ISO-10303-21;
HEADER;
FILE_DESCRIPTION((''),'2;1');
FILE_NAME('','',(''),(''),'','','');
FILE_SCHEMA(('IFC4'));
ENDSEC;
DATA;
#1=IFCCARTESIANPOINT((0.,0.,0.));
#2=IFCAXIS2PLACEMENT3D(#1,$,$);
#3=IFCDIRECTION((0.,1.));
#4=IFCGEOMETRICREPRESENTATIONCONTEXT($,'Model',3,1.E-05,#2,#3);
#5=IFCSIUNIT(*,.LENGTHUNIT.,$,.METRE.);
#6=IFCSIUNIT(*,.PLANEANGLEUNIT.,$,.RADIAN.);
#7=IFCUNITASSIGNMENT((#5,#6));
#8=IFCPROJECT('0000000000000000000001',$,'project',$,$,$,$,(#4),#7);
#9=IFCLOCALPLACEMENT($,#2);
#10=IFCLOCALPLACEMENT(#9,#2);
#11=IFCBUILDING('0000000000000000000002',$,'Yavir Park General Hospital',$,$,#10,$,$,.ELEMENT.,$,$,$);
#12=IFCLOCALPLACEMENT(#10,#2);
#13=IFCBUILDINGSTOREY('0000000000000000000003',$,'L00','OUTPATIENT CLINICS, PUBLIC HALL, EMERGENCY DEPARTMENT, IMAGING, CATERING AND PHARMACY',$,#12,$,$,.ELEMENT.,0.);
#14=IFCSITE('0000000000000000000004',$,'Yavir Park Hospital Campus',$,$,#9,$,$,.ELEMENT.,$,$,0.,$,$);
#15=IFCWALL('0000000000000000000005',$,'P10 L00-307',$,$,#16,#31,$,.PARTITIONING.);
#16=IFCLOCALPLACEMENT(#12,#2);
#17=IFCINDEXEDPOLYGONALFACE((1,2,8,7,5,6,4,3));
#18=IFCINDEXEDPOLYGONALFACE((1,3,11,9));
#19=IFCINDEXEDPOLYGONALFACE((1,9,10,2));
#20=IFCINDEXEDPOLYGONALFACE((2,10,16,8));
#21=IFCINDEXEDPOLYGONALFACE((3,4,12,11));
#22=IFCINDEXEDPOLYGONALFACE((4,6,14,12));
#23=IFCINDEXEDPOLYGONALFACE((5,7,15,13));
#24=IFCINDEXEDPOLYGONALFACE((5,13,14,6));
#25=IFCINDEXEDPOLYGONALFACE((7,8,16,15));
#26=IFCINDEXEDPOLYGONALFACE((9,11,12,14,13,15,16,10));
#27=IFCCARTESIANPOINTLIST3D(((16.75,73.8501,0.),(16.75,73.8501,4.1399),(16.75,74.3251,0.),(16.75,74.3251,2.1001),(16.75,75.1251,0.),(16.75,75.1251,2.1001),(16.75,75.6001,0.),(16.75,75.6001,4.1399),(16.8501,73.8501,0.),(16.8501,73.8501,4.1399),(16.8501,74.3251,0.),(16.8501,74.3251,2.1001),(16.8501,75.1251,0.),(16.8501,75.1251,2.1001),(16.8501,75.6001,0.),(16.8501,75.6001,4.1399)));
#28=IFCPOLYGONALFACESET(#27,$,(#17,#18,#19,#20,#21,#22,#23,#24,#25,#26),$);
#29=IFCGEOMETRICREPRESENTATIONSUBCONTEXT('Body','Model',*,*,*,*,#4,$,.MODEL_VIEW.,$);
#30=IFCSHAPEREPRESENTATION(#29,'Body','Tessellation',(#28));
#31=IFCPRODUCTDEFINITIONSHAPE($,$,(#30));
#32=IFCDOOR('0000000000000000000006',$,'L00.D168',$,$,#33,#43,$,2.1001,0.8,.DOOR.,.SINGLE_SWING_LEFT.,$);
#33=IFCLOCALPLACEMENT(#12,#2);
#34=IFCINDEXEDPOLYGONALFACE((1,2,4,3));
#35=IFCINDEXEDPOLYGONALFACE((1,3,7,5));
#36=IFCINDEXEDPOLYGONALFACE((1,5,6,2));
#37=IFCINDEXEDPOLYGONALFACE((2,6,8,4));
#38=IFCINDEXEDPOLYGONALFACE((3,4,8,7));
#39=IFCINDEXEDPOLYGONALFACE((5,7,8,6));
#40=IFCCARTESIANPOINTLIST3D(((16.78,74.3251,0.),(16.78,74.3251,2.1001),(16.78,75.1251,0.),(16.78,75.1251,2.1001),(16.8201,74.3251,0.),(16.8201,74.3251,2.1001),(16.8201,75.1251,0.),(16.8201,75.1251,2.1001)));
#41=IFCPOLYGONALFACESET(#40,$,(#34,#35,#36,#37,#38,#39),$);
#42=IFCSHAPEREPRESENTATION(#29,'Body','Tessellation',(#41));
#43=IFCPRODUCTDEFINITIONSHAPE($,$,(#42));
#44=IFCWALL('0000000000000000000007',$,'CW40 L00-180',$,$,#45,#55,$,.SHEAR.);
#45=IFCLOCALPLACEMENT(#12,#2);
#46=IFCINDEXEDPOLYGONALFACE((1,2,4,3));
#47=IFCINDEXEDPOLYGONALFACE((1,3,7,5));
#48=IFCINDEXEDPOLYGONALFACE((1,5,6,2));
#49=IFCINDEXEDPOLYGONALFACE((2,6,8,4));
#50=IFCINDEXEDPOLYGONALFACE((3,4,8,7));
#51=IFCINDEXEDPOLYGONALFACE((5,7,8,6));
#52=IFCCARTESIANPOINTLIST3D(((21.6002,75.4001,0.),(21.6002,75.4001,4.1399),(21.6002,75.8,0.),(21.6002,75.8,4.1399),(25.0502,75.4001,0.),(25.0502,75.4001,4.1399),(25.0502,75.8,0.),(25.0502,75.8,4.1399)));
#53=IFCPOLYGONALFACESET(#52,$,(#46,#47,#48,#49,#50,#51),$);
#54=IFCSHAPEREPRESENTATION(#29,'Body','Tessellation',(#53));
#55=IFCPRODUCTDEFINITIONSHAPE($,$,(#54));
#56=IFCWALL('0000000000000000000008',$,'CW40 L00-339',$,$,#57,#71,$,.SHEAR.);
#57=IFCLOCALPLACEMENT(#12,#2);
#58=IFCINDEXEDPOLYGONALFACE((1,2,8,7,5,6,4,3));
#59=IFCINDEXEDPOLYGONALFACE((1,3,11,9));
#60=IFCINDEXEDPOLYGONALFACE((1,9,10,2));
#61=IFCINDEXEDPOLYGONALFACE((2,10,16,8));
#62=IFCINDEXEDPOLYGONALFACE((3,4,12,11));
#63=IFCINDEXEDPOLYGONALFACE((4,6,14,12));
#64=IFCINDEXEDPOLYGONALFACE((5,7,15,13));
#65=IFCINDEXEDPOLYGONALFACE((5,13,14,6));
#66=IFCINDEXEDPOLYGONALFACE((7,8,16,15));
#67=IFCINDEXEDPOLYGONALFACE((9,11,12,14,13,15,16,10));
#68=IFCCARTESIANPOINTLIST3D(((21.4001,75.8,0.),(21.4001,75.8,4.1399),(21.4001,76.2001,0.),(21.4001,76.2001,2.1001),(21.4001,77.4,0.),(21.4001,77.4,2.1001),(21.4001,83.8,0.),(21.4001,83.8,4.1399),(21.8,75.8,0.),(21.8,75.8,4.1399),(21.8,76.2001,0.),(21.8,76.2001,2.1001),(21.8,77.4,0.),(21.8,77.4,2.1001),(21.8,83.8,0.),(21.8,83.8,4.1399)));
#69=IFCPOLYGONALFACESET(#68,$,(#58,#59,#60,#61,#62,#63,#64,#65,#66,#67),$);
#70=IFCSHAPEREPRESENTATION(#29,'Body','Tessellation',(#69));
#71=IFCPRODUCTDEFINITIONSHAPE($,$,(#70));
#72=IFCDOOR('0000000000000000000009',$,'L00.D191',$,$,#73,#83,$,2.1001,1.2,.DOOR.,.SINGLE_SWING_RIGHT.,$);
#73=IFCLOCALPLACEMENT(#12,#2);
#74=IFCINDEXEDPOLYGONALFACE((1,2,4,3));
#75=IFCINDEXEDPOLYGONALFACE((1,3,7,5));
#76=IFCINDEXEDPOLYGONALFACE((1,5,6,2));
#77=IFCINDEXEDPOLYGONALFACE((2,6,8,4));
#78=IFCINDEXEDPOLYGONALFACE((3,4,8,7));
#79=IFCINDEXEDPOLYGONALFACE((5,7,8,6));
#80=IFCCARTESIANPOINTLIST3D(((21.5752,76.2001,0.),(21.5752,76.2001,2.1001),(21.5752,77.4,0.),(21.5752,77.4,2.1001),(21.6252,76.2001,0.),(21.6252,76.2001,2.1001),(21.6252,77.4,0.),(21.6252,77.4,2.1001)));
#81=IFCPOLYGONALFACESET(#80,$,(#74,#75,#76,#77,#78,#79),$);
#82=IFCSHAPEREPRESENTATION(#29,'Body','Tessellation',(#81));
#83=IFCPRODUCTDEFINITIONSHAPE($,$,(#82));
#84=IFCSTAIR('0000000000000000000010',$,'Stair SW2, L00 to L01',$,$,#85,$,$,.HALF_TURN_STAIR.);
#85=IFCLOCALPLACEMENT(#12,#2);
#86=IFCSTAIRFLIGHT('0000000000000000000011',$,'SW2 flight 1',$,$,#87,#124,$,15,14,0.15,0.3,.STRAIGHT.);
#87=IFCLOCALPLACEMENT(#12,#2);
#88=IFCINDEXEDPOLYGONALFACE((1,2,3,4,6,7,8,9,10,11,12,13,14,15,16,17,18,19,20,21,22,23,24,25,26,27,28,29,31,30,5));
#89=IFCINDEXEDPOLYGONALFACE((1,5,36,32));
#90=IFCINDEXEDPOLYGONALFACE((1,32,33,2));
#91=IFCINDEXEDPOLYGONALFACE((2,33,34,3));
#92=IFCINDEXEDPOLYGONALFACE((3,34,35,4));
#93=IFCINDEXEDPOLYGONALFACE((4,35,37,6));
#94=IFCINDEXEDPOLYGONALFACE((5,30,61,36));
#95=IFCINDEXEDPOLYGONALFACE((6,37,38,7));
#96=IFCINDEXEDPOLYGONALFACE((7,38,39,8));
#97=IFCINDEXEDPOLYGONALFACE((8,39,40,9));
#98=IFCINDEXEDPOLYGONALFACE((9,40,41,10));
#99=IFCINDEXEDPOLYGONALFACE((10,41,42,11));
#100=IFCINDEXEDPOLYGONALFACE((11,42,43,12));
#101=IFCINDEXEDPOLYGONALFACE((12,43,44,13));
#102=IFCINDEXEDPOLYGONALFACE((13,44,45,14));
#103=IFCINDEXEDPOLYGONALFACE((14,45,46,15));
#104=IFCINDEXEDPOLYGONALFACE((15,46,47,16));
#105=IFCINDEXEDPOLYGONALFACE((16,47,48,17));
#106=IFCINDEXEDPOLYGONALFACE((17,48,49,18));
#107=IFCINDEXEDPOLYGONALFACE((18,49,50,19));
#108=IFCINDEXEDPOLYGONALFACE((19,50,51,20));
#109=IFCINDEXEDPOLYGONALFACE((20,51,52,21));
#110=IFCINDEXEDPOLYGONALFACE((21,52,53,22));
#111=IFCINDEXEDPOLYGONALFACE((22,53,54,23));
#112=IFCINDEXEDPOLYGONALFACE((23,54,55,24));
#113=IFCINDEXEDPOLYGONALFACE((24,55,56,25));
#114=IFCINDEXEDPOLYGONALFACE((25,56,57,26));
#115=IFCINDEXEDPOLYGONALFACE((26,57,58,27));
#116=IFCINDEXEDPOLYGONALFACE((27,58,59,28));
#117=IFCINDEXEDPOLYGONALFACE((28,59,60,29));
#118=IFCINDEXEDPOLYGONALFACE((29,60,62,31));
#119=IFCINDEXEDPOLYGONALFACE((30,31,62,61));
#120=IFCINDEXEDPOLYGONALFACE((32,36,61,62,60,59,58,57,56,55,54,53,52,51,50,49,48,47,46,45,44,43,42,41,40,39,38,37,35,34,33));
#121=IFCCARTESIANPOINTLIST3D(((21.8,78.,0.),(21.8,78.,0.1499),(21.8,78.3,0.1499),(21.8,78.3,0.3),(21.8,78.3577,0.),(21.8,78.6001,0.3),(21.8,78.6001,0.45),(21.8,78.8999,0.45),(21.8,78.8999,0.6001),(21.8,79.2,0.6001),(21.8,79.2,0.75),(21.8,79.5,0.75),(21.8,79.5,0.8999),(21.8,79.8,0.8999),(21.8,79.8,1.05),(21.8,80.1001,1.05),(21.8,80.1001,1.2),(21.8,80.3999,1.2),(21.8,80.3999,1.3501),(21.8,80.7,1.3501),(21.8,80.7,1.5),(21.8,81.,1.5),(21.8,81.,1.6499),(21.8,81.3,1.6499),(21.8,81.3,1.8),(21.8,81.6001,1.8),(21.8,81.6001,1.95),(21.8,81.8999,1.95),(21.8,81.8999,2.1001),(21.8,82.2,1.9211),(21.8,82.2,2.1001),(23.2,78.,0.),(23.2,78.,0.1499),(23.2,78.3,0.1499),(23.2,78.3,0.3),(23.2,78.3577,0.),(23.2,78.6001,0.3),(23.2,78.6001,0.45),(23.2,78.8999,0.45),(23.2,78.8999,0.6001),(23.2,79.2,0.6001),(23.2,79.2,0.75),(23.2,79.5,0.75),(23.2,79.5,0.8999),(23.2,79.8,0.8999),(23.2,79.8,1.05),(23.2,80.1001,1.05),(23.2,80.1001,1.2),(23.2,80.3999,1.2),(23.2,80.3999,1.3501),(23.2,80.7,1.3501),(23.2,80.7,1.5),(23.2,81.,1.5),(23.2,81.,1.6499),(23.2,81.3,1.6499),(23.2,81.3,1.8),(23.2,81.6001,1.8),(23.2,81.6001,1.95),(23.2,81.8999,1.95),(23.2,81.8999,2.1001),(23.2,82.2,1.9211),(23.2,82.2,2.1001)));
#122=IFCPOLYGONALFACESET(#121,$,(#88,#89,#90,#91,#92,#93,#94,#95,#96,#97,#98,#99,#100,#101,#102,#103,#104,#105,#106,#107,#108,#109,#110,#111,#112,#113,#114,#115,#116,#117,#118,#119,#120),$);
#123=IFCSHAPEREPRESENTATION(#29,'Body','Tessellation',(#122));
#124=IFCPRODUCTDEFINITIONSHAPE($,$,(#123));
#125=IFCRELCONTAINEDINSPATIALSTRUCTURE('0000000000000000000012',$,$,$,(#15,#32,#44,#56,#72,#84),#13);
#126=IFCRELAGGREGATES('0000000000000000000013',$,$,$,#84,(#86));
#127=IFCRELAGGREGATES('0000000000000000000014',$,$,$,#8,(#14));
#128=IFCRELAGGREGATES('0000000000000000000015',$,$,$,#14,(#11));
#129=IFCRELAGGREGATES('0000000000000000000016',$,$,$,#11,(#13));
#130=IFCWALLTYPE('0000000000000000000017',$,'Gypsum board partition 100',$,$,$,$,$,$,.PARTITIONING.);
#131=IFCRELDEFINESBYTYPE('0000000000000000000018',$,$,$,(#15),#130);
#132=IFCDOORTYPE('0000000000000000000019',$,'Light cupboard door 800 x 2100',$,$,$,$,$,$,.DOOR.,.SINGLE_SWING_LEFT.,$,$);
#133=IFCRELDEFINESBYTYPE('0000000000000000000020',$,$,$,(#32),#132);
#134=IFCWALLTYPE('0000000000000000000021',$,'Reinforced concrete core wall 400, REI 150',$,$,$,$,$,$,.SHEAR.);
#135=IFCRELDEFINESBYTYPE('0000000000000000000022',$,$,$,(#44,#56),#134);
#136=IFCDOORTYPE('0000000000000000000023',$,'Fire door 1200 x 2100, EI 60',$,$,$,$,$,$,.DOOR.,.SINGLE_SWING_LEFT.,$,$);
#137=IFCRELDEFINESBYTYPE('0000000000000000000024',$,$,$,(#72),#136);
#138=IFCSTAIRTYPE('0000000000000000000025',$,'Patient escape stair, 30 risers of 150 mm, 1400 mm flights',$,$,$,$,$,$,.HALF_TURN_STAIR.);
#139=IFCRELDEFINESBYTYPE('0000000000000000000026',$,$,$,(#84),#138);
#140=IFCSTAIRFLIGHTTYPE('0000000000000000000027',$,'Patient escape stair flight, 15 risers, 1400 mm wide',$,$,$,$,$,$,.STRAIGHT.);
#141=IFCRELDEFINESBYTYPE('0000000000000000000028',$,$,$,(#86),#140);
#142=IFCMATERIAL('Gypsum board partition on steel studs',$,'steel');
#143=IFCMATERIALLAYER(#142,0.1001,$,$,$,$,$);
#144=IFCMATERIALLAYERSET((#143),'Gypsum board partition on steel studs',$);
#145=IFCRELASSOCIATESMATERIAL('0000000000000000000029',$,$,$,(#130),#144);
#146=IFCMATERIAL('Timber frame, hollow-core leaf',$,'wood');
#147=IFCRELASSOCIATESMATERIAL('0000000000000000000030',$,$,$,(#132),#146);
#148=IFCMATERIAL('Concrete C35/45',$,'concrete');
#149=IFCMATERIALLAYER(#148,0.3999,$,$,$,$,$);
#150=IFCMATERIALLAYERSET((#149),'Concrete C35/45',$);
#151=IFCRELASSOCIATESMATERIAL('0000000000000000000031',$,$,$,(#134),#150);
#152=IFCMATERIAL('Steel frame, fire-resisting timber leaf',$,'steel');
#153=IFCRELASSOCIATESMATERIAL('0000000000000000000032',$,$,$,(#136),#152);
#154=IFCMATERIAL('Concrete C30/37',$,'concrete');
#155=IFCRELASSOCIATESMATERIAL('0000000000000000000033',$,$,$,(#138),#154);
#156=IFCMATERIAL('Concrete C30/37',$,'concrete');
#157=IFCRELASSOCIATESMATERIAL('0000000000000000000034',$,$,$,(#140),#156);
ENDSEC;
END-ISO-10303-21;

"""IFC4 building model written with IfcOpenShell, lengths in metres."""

from ifc_helpers import new_model, si_unit, direction, frame, frame_2d, origin, place, context, subcontext, project, spatial, polyline, rectangle, outline, extrude, material, layer, layer_set, type_object, element, fill, aggregate, save


model = new_model("IFC4")

# Units and contexts
model_context = context("Model", 3, precision=1e-05, world=origin(), true_north=direction((0.0, 1.0)))
body_context = subcontext(model_context, "Body", "Model", "MODEL_VIEW")
ifc_project = project(units=[si_unit("LENGTHUNIT", "METRE"), si_unit("PLANEANGLEUNIT", "RADIAN")], contexts=[model_context])

# Site, building, storey
site_placement = place(None, origin())
site = spatial("IfcSite", under=ifc_project, at=site_placement, Name="Yavir Park Hospital Campus", CompositionType="ELEMENT", RefElevation=0.0)
building_placement = place(site_placement, origin())
building = spatial("IfcBuilding", under=site, at=building_placement, Name="Yavir Park General Hospital", CompositionType="ELEMENT")
storey_placement = place(building_placement, origin())
storey = spatial("IfcBuildingStorey", under=building, at=storey_placement, Name="L00", Description="OUTPATIENT CLINICS, PUBLIC HALL, EMERGENCY DEPARTMENT, IMAGING, CATERING AND PHARMACY", CompositionType="ELEMENT", Elevation=0.0)

# Wall, opening, door
ifc_material_1 = material(Name="Gypsum board partition on steel studs", Category="steel")
ifc_layer_1 = layer(ifc_material_1, 0.1001)
ifc_layer_set_1 = layer_set([ifc_layer_1], Name="Gypsum board partition on steel studs")
wall_type_1 = type_object("IfcWallType", Name="Gypsum board partition 100", PredefinedType="PARTITIONING", material=ifc_layer_set_1)
wall_1_placement = place(storey_placement, frame((16.8, 73.8501, 0.0), z_axis=(0.0, 0.0, 1.0), x_axis=(0.0, 1.0, 0.0)))
wall_1 = element("IfcWall", 1, at=wall_1_placement, inside=storey, type_object=wall_type_1, Name="P10 L00-307", PredefinedType="PARTITIONING", context=body_context, shape_type="SweptSolid", body=[
    extrude(rectangle(XDim=1.75, YDim=0.1001, at=frame_2d((0.875, 0.0))), origin(), (0.0, 0.0, 1.0), 4.1399),
])
opening_1_placement = place(wall_1_placement, frame((0.4751, 0.0, 0.0)))
opening_1 = element("IfcOpeningElement", 2, at=opening_1_placement, cuts=wall_1, PredefinedType="OPENING", context=body_context, shape_type="SweptSolid", body=[
    extrude(rectangle(XDim=0.8, YDim=2.1001, at=frame_2d((0.3999, 1.05))), frame((0.0, 0.0601, 0.0), z_axis=(0.0, -1.0, 0.0), x_axis=(1.0, 0.0, 0.0)), (0.0, 0.0, 1.0), 0.1201),
])
ifc_material_2 = material(Name="Timber frame, hollow-core leaf", Category="wood")
door_type_1 = type_object("IfcDoorType", Name="Light cupboard door 800 x 2100", OperationType="SINGLE_SWING_LEFT", PredefinedType="DOOR", material=ifc_material_2)
door_1_placement = place(opening_1_placement, origin())
door_1 = element("IfcDoor", 3, at=door_1_placement, inside=storey, type_object=door_type_1, Name="L00.D168", OperationType="SINGLE_SWING_LEFT", OverallHeight=2.1001, OverallWidth=0.8, PredefinedType="DOOR", context=body_context, shape_type="SweptSolid", body=[
    extrude(rectangle(XDim=0.8, YDim=2.1001, at=frame_2d((0.3999, 1.05))), frame((0.0, 0.02, 0.0), z_axis=(0.0, -1.0, 0.0), x_axis=(1.0, 0.0, 0.0)), (0.0, 0.0, 1.0), 0.04),
])
fill(opening_1, door_1)

# Wall
ifc_material_3 = material(Name="Concrete C35/45", Category="concrete")
ifc_layer_2 = layer(ifc_material_3, 0.3999)
ifc_layer_set_2 = layer_set([ifc_layer_2], Name="Concrete C35/45")
wall_type_2 = type_object("IfcWallType", Name="Reinforced concrete core wall 400, REI 150", PredefinedType="SHEAR", material=ifc_layer_set_2)
wall_2_placement = place(storey_placement, frame((21.6001, 75.6001, 0.0), z_axis=(0.0, 0.0, 1.0), x_axis=(1.0, 0.0, 0.0)))
element("IfcWall", 4, at=wall_2_placement, inside=storey, type_object=wall_type_2, Name="CW40 L00-180", PredefinedType="SHEAR", context=body_context, shape_type="SweptSolid", body=[
    extrude(rectangle(XDim=3.45, YDim=0.3999, at=frame_2d((1.7251, 0.0))), origin(), (0.0, 0.0, 1.0), 4.1399),
])

# Wall, opening, door
wall_3_placement = place(storey_placement, frame((21.6001, 75.8, 0.0), z_axis=(0.0, 0.0, 1.0), x_axis=(0.0, 1.0, 0.0)))
wall_3 = element("IfcWall", 5, at=wall_3_placement, inside=storey, type_object=wall_type_2, Name="CW40 L00-339", PredefinedType="SHEAR", context=body_context, shape_type="SweptSolid", body=[
    extrude(rectangle(XDim=8.0, YDim=0.3999, at=frame_2d((4.0, 0.0))), origin(), (0.0, 0.0, 1.0), 4.1399),
])
opening_2_placement = place(wall_3_placement, frame((0.3999, 0.0, 0.0)))
opening_2 = element("IfcOpeningElement", 6, at=opening_2_placement, cuts=wall_3, PredefinedType="OPENING", context=body_context, shape_type="SweptSolid", body=[
    extrude(rectangle(XDim=1.2, YDim=2.1001, at=frame_2d((0.6001, 1.05))), frame((0.0, 0.21, 0.0), z_axis=(0.0, -1.0, 0.0), x_axis=(1.0, 0.0, 0.0)), (0.0, 0.0, 1.0), 0.4199),
])
ifc_material_4 = material(Name="Steel frame, fire-resisting timber leaf", Category="steel")
door_type_2 = type_object("IfcDoorType", Name="Fire door 1200 x 2100, EI 60", OperationType="SINGLE_SWING_LEFT", PredefinedType="DOOR", material=ifc_material_4)
door_2_placement = place(opening_2_placement, origin())
door_2 = element("IfcDoor", 7, at=door_2_placement, inside=storey, type_object=door_type_2, Name="L00.D191", OperationType="SINGLE_SWING_RIGHT", OverallHeight=2.1001, OverallWidth=1.2, PredefinedType="DOOR", context=body_context, shape_type="SweptSolid", body=[
    extrude(rectangle(XDim=1.2, YDim=2.1001, at=frame_2d((0.6001, 1.05))), frame((0.0, 0.0249, 0.0), z_axis=(0.0, -1.0, 0.0), x_axis=(1.0, 0.0, 0.0)), (0.0, 0.0, 1.0), 0.05),
])
fill(opening_2, door_2)

# Stair, stair flight
ifc_material_5 = material(Name="Concrete C30/37", Category="concrete")
stair_type = type_object("IfcStairType", Name="Patient escape stair, 30 risers of 150 mm, 1400 mm flights", PredefinedType="HALF_TURN_STAIR", material=ifc_material_5)
stair_placement = place(storey_placement, origin())
stair = element("IfcStair", 8, at=stair_placement, inside=storey, type_object=stair_type, Name="Stair SW2, L00 to L01", PredefinedType="HALF_TURN_STAIR")
ifc_material_6 = material(Name="Concrete C30/37", Category="concrete")
stair_flight_type = type_object("IfcStairFlightType", Name="Patient escape stair flight, 15 risers, 1400 mm wide", PredefinedType="STRAIGHT", material=ifc_material_6)
stair_flight_placement = place(storey_placement, frame((22.5, 78.0, 0.0), z_axis=(0.0, 0.0, 1.0), x_axis=(0.0, 1.0, 0.0)))
stair_flight = element("IfcStairFlight", 9, at=stair_flight_placement, type_object=stair_flight_type, Name="SW2 flight 1", NumberOfRisers=15, NumberOfTreads=14, PredefinedType="STRAIGHT", RiserHeight=0.15, TreadLength=0.3, context=body_context, shape_type="SweptSolid", body=[
    extrude(outline(polyline([(0.0, 0.0), (0.0, 0.1499), (0.3, 0.1499), (0.3, 0.3), (0.6001, 0.3), (0.6001, 0.45), (0.8999, 0.45), (0.8999, 0.6001), (1.2, 0.6001), (1.2, 0.75), (1.5, 0.75), (1.5, 0.8999), (1.8, 0.8999), (1.8, 1.05), (2.1001, 1.05), (2.1001, 1.2), (2.3999, 1.2), (2.3999, 1.3501), (2.7, 1.3501), (2.7, 1.5), (3.0, 1.5), (3.0, 1.6499), (3.3, 1.6499), (3.3, 1.8), (3.6001, 1.8), (3.6001, 1.95), (3.8999, 1.95), (3.8999, 2.1001), (4.2, 2.1001), (4.2, 2.25), (4.2, 1.9211), (0.3577, 0.0), (0.0, 0.0)])), frame((0.0, 0.7, 0.0), z_axis=(0.0, -1.0, 0.0), x_axis=(1.0, 0.0, 0.0)), (0.0, 0.0, 1.0), 1.3999),
])
aggregate(stair, [stair_flight])

save(model, "model.ifc")
